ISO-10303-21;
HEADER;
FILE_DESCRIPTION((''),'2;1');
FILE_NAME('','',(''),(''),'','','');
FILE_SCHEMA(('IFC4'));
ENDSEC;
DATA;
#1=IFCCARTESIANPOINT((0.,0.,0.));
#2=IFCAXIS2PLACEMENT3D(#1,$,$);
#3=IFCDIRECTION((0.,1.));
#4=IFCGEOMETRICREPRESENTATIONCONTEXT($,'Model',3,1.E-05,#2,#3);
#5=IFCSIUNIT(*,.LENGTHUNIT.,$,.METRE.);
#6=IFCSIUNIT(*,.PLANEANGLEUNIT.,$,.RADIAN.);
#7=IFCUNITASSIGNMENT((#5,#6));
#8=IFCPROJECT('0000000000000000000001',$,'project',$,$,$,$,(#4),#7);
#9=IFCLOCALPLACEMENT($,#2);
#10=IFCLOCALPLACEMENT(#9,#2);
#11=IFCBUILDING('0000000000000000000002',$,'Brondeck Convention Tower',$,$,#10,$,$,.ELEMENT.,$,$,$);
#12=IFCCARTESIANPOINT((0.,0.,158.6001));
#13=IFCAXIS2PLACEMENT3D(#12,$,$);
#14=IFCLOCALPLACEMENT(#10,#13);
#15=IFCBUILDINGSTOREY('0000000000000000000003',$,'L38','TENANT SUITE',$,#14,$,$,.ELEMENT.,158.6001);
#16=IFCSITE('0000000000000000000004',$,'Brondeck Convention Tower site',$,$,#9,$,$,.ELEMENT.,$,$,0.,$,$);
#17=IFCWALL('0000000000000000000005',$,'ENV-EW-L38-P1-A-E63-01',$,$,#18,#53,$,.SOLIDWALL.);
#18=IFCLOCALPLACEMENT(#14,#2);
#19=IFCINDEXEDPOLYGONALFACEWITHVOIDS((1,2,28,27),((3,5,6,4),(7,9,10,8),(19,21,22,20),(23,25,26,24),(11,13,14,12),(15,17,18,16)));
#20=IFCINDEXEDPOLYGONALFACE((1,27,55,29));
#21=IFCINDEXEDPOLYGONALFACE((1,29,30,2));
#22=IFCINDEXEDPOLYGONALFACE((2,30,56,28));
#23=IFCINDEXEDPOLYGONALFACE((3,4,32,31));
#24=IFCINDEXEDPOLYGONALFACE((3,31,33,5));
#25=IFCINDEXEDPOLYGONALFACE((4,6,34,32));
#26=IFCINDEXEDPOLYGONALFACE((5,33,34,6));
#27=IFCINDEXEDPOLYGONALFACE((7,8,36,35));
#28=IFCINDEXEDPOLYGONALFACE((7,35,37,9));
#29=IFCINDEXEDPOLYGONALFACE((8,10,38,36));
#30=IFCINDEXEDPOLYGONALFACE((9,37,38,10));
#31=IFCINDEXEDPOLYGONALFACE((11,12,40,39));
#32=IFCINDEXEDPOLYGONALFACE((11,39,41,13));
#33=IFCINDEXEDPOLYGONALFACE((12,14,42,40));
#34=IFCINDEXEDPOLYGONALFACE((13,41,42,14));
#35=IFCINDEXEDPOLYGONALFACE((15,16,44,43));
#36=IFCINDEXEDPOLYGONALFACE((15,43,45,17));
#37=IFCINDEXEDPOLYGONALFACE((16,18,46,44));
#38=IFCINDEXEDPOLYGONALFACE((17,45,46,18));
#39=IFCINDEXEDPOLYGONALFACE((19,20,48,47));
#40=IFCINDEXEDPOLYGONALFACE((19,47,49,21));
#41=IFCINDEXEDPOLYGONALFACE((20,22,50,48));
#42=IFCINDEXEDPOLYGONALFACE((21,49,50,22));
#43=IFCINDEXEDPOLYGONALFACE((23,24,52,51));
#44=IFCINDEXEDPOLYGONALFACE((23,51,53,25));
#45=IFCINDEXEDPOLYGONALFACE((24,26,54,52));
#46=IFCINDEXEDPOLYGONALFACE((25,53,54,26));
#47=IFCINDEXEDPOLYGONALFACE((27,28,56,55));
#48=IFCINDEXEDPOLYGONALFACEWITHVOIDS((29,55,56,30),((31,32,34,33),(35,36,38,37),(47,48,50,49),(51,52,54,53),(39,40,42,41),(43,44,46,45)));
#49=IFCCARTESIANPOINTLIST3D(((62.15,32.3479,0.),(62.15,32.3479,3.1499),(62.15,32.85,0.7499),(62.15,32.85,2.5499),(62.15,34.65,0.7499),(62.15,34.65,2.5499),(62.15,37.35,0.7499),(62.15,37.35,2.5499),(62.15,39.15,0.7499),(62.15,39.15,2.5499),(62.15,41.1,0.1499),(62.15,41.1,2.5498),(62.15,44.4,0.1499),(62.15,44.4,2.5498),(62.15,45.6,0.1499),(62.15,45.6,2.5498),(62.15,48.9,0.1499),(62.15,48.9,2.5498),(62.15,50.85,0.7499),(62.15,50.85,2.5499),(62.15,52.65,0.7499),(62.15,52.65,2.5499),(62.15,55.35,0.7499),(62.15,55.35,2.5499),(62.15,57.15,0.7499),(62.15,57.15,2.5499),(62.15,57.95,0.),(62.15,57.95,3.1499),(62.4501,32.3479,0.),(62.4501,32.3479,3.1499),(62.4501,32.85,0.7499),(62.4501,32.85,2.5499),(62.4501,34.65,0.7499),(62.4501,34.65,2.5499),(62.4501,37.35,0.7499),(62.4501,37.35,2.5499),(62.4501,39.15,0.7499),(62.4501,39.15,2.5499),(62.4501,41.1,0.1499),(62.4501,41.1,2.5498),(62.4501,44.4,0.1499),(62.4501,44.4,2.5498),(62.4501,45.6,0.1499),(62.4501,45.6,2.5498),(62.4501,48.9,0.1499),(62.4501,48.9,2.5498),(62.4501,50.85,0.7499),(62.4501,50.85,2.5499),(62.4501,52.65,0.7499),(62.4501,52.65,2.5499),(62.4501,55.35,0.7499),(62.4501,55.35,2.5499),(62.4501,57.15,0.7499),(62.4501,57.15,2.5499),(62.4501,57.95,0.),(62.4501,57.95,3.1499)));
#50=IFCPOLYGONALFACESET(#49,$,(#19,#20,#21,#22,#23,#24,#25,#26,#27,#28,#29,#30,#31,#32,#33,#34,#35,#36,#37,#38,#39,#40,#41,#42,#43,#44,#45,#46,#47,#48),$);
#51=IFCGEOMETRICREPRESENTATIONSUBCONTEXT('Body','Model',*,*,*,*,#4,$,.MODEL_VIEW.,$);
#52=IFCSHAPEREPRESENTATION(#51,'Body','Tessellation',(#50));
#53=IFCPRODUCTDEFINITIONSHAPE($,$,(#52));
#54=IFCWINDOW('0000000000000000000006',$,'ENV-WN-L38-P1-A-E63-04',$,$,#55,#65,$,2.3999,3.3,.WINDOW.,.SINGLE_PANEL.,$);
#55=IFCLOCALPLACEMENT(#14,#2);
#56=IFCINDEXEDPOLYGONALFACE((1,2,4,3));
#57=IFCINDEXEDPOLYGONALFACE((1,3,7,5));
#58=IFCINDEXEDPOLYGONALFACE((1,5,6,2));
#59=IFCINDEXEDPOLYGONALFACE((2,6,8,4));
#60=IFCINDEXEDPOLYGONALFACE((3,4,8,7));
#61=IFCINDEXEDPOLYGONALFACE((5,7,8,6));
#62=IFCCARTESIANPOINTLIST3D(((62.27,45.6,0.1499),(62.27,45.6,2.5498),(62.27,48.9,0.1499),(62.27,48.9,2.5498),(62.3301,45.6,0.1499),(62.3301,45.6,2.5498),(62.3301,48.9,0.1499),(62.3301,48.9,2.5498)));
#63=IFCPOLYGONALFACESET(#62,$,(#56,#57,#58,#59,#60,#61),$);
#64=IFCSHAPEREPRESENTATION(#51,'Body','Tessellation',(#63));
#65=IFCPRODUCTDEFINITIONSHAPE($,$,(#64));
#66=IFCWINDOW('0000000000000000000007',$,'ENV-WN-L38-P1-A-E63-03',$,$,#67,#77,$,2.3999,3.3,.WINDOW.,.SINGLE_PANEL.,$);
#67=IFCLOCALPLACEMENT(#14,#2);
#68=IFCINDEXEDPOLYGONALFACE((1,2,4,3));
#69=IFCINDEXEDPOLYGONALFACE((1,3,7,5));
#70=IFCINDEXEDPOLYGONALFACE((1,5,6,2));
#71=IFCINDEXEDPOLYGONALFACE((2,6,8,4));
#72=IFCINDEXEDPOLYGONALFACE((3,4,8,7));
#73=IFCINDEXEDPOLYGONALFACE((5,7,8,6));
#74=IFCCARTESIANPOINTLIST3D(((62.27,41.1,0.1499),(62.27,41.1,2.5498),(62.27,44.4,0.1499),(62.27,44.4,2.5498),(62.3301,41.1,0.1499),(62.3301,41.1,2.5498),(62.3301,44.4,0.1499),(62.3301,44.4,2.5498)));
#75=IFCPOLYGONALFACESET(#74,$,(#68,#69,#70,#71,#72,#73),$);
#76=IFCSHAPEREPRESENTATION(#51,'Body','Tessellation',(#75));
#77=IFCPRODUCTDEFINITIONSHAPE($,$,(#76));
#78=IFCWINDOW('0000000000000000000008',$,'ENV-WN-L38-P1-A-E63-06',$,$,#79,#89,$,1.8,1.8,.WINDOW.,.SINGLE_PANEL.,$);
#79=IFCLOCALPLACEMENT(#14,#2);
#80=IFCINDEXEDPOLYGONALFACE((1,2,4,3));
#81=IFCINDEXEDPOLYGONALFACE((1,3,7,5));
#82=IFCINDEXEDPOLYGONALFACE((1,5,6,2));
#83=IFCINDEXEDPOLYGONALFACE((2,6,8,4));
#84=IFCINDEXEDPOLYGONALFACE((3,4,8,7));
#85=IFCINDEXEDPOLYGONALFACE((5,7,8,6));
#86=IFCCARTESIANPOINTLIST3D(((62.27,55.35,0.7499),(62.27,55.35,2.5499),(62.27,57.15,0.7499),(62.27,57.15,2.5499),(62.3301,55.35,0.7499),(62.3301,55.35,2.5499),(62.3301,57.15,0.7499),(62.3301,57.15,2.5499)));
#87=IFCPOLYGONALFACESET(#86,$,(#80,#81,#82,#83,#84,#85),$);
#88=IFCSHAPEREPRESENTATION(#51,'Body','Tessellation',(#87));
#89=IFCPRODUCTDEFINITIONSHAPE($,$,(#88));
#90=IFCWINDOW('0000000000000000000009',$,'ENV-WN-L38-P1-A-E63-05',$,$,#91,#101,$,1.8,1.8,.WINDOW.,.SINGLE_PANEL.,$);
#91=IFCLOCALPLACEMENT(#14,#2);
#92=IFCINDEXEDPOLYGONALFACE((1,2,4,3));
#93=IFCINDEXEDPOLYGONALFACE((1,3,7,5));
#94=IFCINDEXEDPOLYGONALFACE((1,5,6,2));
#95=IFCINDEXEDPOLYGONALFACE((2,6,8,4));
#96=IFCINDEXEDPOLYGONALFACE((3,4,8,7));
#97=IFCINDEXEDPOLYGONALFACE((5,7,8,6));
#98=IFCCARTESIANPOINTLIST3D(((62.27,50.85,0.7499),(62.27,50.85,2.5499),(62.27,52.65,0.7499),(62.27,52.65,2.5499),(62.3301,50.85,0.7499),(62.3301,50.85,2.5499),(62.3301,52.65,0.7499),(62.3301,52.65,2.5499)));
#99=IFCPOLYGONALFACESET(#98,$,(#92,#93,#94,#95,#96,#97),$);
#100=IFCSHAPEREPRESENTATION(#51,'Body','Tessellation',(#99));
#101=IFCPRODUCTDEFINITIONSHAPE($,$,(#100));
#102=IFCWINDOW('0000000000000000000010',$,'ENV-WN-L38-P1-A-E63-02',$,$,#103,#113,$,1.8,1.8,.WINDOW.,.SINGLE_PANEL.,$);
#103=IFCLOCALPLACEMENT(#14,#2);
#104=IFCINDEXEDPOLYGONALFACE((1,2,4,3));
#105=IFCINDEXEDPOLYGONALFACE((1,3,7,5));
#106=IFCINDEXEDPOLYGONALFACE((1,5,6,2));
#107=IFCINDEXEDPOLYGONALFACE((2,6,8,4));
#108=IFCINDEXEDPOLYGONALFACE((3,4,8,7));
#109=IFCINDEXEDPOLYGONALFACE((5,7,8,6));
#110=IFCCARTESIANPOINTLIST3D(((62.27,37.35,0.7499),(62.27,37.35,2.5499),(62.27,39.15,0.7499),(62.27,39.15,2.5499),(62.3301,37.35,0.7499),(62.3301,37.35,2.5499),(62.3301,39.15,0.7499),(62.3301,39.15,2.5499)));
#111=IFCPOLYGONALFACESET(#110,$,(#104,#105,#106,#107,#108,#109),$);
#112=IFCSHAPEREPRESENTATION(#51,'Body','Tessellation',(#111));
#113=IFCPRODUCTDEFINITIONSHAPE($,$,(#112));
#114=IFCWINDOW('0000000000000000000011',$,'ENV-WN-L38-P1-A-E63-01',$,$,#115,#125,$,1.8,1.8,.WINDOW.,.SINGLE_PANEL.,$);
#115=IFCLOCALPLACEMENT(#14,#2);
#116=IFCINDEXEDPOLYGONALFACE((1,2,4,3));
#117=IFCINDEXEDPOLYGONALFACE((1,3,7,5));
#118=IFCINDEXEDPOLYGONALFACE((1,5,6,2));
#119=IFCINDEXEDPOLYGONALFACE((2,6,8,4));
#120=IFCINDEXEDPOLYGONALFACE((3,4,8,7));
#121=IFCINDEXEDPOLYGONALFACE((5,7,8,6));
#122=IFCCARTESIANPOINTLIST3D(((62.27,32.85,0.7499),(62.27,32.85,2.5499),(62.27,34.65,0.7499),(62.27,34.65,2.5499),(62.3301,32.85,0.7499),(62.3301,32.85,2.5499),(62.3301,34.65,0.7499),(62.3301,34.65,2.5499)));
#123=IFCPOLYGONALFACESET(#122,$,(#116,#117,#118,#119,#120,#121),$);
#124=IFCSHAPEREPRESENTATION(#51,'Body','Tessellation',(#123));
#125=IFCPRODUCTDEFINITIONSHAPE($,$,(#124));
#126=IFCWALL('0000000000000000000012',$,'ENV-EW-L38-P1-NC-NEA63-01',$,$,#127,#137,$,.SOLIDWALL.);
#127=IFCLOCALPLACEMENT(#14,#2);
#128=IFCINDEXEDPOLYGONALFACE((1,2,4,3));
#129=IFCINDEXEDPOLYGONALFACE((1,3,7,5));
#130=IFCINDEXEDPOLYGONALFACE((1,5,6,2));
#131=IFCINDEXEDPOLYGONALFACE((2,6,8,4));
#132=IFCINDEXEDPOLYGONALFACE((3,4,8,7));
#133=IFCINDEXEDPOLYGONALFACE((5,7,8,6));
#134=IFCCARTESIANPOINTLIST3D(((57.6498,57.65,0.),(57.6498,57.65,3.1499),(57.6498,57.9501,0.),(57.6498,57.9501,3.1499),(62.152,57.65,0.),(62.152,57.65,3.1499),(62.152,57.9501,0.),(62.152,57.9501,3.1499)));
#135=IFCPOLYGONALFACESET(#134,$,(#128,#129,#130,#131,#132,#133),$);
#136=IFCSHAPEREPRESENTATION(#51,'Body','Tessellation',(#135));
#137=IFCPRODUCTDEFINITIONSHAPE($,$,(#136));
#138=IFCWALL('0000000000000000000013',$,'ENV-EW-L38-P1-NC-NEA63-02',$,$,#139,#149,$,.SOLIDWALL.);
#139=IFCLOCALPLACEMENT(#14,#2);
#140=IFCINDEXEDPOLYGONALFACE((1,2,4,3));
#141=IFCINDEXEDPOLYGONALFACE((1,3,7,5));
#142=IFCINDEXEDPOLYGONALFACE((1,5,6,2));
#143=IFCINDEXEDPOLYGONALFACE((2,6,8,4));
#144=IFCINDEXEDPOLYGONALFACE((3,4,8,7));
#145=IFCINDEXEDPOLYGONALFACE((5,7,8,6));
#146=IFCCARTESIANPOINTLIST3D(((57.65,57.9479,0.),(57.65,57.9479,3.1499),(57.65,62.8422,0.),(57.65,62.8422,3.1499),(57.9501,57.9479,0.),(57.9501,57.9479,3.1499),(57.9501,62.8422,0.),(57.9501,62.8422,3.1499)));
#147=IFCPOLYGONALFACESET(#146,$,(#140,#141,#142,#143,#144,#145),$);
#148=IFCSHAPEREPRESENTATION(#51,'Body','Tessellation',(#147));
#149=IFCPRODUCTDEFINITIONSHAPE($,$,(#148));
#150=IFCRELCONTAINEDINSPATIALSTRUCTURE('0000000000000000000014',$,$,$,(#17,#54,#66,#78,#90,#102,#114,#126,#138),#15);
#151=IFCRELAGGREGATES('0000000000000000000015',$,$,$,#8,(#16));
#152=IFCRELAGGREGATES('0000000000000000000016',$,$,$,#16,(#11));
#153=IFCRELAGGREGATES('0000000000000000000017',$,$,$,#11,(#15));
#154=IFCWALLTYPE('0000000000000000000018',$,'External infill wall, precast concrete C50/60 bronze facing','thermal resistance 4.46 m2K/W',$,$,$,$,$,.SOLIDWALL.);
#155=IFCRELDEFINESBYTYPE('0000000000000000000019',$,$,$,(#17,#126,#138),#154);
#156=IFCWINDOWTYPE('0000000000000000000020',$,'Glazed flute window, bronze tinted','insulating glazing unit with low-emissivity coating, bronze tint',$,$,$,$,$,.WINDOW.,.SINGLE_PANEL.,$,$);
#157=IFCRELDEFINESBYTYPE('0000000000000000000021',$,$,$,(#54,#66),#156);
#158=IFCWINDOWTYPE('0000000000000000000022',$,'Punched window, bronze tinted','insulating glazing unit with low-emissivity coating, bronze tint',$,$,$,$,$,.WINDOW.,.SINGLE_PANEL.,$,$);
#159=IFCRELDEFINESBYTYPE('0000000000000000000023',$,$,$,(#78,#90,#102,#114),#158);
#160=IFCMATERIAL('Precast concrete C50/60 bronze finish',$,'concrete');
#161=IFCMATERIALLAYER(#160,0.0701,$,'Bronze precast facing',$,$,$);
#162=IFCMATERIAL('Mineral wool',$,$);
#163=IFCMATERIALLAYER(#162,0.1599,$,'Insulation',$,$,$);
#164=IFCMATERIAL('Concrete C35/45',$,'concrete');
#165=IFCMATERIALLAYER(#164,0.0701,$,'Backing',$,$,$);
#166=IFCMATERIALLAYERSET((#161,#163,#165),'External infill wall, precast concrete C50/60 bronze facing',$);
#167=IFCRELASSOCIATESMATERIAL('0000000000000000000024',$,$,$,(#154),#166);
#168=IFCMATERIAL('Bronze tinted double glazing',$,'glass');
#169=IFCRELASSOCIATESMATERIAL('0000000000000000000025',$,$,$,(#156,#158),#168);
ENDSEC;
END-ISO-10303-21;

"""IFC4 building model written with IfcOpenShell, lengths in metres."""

from ifc_helpers import new_model, si_unit, direction, frame, frame_2d, origin, place, context, subcontext, project, spatial, rectangle, extrude, material, layer, layer_set, type_object, element, fill, save


model = new_model("IFC4")

# Units and contexts
model_context = context("Model", 3, precision=1e-05, world=origin(), true_north=direction((0.0, 1.0)))
body_context = subcontext(model_context, "Body", "Model", "MODEL_VIEW")
ifc_project = project(units=[si_unit("LENGTHUNIT", "METRE"), si_unit("PLANEANGLEUNIT", "RADIAN")], contexts=[model_context])

# Site, building, storey
site_placement = place(None, origin())
site = spatial("IfcSite", under=ifc_project, at=site_placement, Name="Brondeck Convention Tower site", CompositionType="ELEMENT", RefElevation=0.0)
building_placement = place(site_placement, origin())
building = spatial("IfcBuilding", under=site, at=building_placement, Name="Brondeck Convention Tower", CompositionType="ELEMENT")
storey_placement = place(building_placement, frame((0.0, 0.0, 158.6001)))
storey = spatial("IfcBuildingStorey", under=building, at=storey_placement, Name="L38", Description="TENANT SUITE", CompositionType="ELEMENT", Elevation=158.6001)

# Wall, openings, windows
ifc_material_1 = material(Name="Precast concrete C50/60 bronze finish", Category="concrete")
ifc_layer_1 = layer(ifc_material_1, 0.0701, Name="Bronze precast facing")
ifc_material_2 = material(Name="Mineral wool")
ifc_layer_2 = layer(ifc_material_2, 0.1599, Name="Insulation")
ifc_material_3 = material(Name="Concrete C35/45", Category="concrete")
ifc_layer_3 = layer(ifc_material_3, 0.0701, Name="Backing")
ifc_layer_set_1 = layer_set([ifc_layer_1, ifc_layer_2, ifc_layer_3], Name="External infill wall, precast concrete C50/60 bronze facing")
wall_type_1 = type_object("IfcWallType", Name="External infill wall, precast concrete C50/60 bronze facing", Description="thermal resistance 4.46 m2K/W", PredefinedType="SOLIDWALL", material=ifc_layer_set_1)
wall_1_placement = place(storey_placement, frame((62.3, 57.95, 0.0), z_axis=(0.0, 0.0, 1.0), x_axis=(0.0, -1.0, 0.0)))
wall_1 = element("IfcWall", 1, at=wall_1_placement, inside=storey, type_object=wall_type_1, Name="ENV-EW-L38-P1-A-E63-01", PredefinedType="SOLIDWALL", context=body_context, shape_type="SweptSolid", body=[
    extrude(rectangle(XDim=25.6021, YDim=0.3, at=frame_2d((12.801, 0.0))), origin(), (0.0, 0.0, 1.0), 3.1499),
])
opening_1_placement = place(wall_1_placement, frame((0.8, 0.0, 0.75)))
opening_1 = element("IfcOpeningElement", 2, at=opening_1_placement, cuts=wall_1, PredefinedType="OPENING", context=body_context, shape_type="SweptSolid", body=[
    extrude(rectangle(XDim=1.8, YDim=1.8, at=frame_2d((0.8999, 0.8999))), frame((0.0, 0.1599, 0.0), z_axis=(0.0, -1.0, 0.0), x_axis=(1.0, 0.0, 0.0)), (0.0, 0.0, 1.0), 0.3201),
])
opening_2_placement = place(wall_1_placement, frame((5.3, 0.0, 0.75)))
opening_2 = element("IfcOpeningElement", 3, at=opening_2_placement, cuts=wall_1, PredefinedType="OPENING", context=body_context, shape_type="SweptSolid", body=[
    extrude(rectangle(XDim=1.8, YDim=1.8, at=frame_2d((0.8999, 0.8999))), frame((0.0, 0.1599, 0.0), z_axis=(0.0, -1.0, 0.0), x_axis=(1.0, 0.0, 0.0)), (0.0, 0.0, 1.0), 0.3201),
])
opening_3_placement = place(wall_1_placement, frame((9.05, 0.0, 0.1499)))
opening_3 = element("IfcOpeningElement", 4, at=opening_3_placement, cuts=wall_1, PredefinedType="OPENING", context=body_context, shape_type="SweptSolid", body=[
    extrude(rectangle(XDim=3.3, YDim=2.3999, at=frame_2d((1.6499, 1.2))), frame((0.0, 0.1599, 0.0), z_axis=(0.0, -1.0, 0.0), x_axis=(1.0, 0.0, 0.0)), (0.0, 0.0, 1.0), 0.3201),
])
opening_4_placement = place(wall_1_placement, frame((13.55, 0.0, 0.1499)))
opening_4 = element("IfcOpeningElement", 5, at=opening_4_placement, cuts=wall_1, PredefinedType="OPENING", context=body_context, shape_type="SweptSolid", body=[
    extrude(rectangle(XDim=3.3, YDim=2.3999, at=frame_2d((1.6499, 1.2))), frame((0.0, 0.1599, 0.0), z_axis=(0.0, -1.0, 0.0), x_axis=(1.0, 0.0, 0.0)), (0.0, 0.0, 1.0), 0.3201),
])
opening_5_placement = place(wall_1_placement, frame((18.8, 0.0, 0.75)))
opening_5 = element("IfcOpeningElement", 6, at=opening_5_placement, cuts=wall_1, PredefinedType="OPENING", context=body_context, shape_type="SweptSolid", body=[
    extrude(rectangle(XDim=1.8, YDim=1.8, at=frame_2d((0.8999, 0.8999))), frame((0.0, 0.1599, 0.0), z_axis=(0.0, -1.0, 0.0), x_axis=(1.0, 0.0, 0.0)), (0.0, 0.0, 1.0), 0.3201),
])
opening_6_placement = place(wall_1_placement, frame((23.3, 0.0, 0.75)))
opening_6 = element("IfcOpeningElement", 7, at=opening_6_placement, cuts=wall_1, PredefinedType="OPENING", context=body_context, shape_type="SweptSolid", body=[
    extrude(rectangle(XDim=1.8, YDim=1.8, at=frame_2d((0.8999, 0.8999))), frame((0.0, 0.1599, 0.0), z_axis=(0.0, -1.0, 0.0), x_axis=(1.0, 0.0, 0.0)), (0.0, 0.0, 1.0), 0.3201),
])
ifc_material_4 = material(Name="Bronze tinted double glazing", Category="glass")
window_type_1 = type_object("IfcWindowType", Name="Glazed flute window, bronze tinted", Description="insulating glazing unit with low-emissivity coating, bronze tint", PartitioningType="SINGLE_PANEL", PredefinedType="WINDOW", material=ifc_material_4)
window_1_placement = place(opening_3_placement, origin())
window_1 = element("IfcWindow", 8, at=window_1_placement, inside=storey, type_object=window_type_1, Name="ENV-WN-L38-P1-A-E63-04", OverallHeight=2.3999, OverallWidth=3.3, PartitioningType="SINGLE_PANEL", PredefinedType="WINDOW", context=body_context, shape_type="SweptSolid", body=[
    extrude(rectangle(XDim=3.3, YDim=2.3999, at=frame_2d((1.6499, 1.2))), frame((0.0, 0.03, 0.0), z_axis=(0.0, -1.0, 0.0), x_axis=(1.0, 0.0, 0.0)), (0.0, 0.0, 1.0), 0.0601),
])
fill(opening_3, window_1)
window_2_placement = place(opening_4_placement, origin())
window_2 = element("IfcWindow", 9, at=window_2_placement, inside=storey, type_object=window_type_1, Name="ENV-WN-L38-P1-A-E63-03", OverallHeight=2.3999, OverallWidth=3.3, PartitioningType="SINGLE_PANEL", PredefinedType="WINDOW", context=body_context, shape_type="SweptSolid", body=[
    extrude(rectangle(XDim=3.3, YDim=2.3999, at=frame_2d((1.6499, 1.2))), frame((0.0, 0.03, 0.0), z_axis=(0.0, -1.0, 0.0), x_axis=(1.0, 0.0, 0.0)), (0.0, 0.0, 1.0), 0.0601),
])
fill(opening_4, window_2)
window_type_2 = type_object("IfcWindowType", Name="Punched window, bronze tinted", Description="insulating glazing unit with low-emissivity coating, bronze tint", PartitioningType="SINGLE_PANEL", PredefinedType="WINDOW", material=ifc_material_4)
window_3_placement = place(opening_1_placement, origin())
window_3 = element("IfcWindow", 10, at=window_3_placement, inside=storey, type_object=window_type_2, Name="ENV-WN-L38-P1-A-E63-06", OverallHeight=1.8, OverallWidth=1.8, PartitioningType="SINGLE_PANEL", PredefinedType="WINDOW", context=body_context, shape_type="SweptSolid", body=[
    extrude(rectangle(XDim=1.8, YDim=1.8, at=frame_2d((0.8999, 0.8999))), frame((0.0, 0.03, 0.0), z_axis=(0.0, -1.0, 0.0), x_axis=(1.0, 0.0, 0.0)), (0.0, 0.0, 1.0), 0.0601),
])
fill(opening_1, window_3)
window_4_placement = place(opening_2_placement, origin())
window_4 = element("IfcWindow", 11, at=window_4_placement, inside=storey, type_object=window_type_2, Name="ENV-WN-L38-P1-A-E63-05", OverallHeight=1.8, OverallWidth=1.8, PartitioningType="SINGLE_PANEL", PredefinedType="WINDOW", context=body_context, shape_type="SweptSolid", body=[
    extrude(rectangle(XDim=1.8, YDim=1.8, at=frame_2d((0.8999, 0.8999))), frame((0.0, 0.03, 0.0), z_axis=(0.0, -1.0, 0.0), x_axis=(1.0, 0.0, 0.0)), (0.0, 0.0, 1.0), 0.0601),
])
fill(opening_2, window_4)
window_5_placement = place(opening_5_placement, origin())
window_5 = element("IfcWindow", 12, at=window_5_placement, inside=storey, type_object=window_type_2, Name="ENV-WN-L38-P1-A-E63-02", OverallHeight=1.8, OverallWidth=1.8, PartitioningType="SINGLE_PANEL", PredefinedType="WINDOW", context=body_context, shape_type="SweptSolid", body=[
    extrude(rectangle(XDim=1.8, YDim=1.8, at=frame_2d((0.8999, 0.8999))), frame((0.0, 0.03, 0.0), z_axis=(0.0, -1.0, 0.0), x_axis=(1.0, 0.0, 0.0)), (0.0, 0.0, 1.0), 0.0601),
])
fill(opening_5, window_5)
window_6_placement = place(opening_6_placement, origin())
window_6 = element("IfcWindow", 13, at=window_6_placement, inside=storey, type_object=window_type_2, Name="ENV-WN-L38-P1-A-E63-01", OverallHeight=1.8, OverallWidth=1.8, PartitioningType="SINGLE_PANEL", PredefinedType="WINDOW", context=body_context, shape_type="SweptSolid", body=[
    extrude(rectangle(XDim=1.8, YDim=1.8, at=frame_2d((0.8999, 0.8999))), frame((0.0, 0.03, 0.0), z_axis=(0.0, -1.0, 0.0), x_axis=(1.0, 0.0, 0.0)), (0.0, 0.0, 1.0), 0.0601),
])
fill(opening_6, window_6)

# Walls
wall_2_placement = place(storey_placement, frame((57.6499, 57.8, 0.0), z_axis=(0.0, 0.0, 1.0), x_axis=(1.0, 0.0, 0.0)))
element("IfcWall", 14, at=wall_2_placement, inside=storey, type_object=wall_type_1, Name="ENV-EW-L38-P1-NC-NEA63-01", PredefinedType="SOLIDWALL", context=body_context, shape_type="SweptSolid", body=[
    extrude(rectangle(XDim=4.5022, YDim=0.3, at=frame_2d((2.251, 0.0))), origin(), (0.0, 0.0, 1.0), 3.1499),
])
wall_3_placement = place(storey_placement, frame((57.8, 62.8423, 0.0), z_axis=(0.0, 0.0, 1.0), x_axis=(0.0, -1.0, 0.0)))
element("IfcWall", 15, at=wall_3_placement, inside=storey, type_object=wall_type_1, Name="ENV-EW-L38-P1-NC-NEA63-02", PredefinedType="SOLIDWALL", context=body_context, shape_type="SweptSolid", body=[
    extrude(rectangle(XDim=4.8943, YDim=0.3, at=frame_2d((2.4473, 0.0))), origin(), (0.0, 0.0, 1.0), 3.1499),
])

save(model, "model.ifc")
